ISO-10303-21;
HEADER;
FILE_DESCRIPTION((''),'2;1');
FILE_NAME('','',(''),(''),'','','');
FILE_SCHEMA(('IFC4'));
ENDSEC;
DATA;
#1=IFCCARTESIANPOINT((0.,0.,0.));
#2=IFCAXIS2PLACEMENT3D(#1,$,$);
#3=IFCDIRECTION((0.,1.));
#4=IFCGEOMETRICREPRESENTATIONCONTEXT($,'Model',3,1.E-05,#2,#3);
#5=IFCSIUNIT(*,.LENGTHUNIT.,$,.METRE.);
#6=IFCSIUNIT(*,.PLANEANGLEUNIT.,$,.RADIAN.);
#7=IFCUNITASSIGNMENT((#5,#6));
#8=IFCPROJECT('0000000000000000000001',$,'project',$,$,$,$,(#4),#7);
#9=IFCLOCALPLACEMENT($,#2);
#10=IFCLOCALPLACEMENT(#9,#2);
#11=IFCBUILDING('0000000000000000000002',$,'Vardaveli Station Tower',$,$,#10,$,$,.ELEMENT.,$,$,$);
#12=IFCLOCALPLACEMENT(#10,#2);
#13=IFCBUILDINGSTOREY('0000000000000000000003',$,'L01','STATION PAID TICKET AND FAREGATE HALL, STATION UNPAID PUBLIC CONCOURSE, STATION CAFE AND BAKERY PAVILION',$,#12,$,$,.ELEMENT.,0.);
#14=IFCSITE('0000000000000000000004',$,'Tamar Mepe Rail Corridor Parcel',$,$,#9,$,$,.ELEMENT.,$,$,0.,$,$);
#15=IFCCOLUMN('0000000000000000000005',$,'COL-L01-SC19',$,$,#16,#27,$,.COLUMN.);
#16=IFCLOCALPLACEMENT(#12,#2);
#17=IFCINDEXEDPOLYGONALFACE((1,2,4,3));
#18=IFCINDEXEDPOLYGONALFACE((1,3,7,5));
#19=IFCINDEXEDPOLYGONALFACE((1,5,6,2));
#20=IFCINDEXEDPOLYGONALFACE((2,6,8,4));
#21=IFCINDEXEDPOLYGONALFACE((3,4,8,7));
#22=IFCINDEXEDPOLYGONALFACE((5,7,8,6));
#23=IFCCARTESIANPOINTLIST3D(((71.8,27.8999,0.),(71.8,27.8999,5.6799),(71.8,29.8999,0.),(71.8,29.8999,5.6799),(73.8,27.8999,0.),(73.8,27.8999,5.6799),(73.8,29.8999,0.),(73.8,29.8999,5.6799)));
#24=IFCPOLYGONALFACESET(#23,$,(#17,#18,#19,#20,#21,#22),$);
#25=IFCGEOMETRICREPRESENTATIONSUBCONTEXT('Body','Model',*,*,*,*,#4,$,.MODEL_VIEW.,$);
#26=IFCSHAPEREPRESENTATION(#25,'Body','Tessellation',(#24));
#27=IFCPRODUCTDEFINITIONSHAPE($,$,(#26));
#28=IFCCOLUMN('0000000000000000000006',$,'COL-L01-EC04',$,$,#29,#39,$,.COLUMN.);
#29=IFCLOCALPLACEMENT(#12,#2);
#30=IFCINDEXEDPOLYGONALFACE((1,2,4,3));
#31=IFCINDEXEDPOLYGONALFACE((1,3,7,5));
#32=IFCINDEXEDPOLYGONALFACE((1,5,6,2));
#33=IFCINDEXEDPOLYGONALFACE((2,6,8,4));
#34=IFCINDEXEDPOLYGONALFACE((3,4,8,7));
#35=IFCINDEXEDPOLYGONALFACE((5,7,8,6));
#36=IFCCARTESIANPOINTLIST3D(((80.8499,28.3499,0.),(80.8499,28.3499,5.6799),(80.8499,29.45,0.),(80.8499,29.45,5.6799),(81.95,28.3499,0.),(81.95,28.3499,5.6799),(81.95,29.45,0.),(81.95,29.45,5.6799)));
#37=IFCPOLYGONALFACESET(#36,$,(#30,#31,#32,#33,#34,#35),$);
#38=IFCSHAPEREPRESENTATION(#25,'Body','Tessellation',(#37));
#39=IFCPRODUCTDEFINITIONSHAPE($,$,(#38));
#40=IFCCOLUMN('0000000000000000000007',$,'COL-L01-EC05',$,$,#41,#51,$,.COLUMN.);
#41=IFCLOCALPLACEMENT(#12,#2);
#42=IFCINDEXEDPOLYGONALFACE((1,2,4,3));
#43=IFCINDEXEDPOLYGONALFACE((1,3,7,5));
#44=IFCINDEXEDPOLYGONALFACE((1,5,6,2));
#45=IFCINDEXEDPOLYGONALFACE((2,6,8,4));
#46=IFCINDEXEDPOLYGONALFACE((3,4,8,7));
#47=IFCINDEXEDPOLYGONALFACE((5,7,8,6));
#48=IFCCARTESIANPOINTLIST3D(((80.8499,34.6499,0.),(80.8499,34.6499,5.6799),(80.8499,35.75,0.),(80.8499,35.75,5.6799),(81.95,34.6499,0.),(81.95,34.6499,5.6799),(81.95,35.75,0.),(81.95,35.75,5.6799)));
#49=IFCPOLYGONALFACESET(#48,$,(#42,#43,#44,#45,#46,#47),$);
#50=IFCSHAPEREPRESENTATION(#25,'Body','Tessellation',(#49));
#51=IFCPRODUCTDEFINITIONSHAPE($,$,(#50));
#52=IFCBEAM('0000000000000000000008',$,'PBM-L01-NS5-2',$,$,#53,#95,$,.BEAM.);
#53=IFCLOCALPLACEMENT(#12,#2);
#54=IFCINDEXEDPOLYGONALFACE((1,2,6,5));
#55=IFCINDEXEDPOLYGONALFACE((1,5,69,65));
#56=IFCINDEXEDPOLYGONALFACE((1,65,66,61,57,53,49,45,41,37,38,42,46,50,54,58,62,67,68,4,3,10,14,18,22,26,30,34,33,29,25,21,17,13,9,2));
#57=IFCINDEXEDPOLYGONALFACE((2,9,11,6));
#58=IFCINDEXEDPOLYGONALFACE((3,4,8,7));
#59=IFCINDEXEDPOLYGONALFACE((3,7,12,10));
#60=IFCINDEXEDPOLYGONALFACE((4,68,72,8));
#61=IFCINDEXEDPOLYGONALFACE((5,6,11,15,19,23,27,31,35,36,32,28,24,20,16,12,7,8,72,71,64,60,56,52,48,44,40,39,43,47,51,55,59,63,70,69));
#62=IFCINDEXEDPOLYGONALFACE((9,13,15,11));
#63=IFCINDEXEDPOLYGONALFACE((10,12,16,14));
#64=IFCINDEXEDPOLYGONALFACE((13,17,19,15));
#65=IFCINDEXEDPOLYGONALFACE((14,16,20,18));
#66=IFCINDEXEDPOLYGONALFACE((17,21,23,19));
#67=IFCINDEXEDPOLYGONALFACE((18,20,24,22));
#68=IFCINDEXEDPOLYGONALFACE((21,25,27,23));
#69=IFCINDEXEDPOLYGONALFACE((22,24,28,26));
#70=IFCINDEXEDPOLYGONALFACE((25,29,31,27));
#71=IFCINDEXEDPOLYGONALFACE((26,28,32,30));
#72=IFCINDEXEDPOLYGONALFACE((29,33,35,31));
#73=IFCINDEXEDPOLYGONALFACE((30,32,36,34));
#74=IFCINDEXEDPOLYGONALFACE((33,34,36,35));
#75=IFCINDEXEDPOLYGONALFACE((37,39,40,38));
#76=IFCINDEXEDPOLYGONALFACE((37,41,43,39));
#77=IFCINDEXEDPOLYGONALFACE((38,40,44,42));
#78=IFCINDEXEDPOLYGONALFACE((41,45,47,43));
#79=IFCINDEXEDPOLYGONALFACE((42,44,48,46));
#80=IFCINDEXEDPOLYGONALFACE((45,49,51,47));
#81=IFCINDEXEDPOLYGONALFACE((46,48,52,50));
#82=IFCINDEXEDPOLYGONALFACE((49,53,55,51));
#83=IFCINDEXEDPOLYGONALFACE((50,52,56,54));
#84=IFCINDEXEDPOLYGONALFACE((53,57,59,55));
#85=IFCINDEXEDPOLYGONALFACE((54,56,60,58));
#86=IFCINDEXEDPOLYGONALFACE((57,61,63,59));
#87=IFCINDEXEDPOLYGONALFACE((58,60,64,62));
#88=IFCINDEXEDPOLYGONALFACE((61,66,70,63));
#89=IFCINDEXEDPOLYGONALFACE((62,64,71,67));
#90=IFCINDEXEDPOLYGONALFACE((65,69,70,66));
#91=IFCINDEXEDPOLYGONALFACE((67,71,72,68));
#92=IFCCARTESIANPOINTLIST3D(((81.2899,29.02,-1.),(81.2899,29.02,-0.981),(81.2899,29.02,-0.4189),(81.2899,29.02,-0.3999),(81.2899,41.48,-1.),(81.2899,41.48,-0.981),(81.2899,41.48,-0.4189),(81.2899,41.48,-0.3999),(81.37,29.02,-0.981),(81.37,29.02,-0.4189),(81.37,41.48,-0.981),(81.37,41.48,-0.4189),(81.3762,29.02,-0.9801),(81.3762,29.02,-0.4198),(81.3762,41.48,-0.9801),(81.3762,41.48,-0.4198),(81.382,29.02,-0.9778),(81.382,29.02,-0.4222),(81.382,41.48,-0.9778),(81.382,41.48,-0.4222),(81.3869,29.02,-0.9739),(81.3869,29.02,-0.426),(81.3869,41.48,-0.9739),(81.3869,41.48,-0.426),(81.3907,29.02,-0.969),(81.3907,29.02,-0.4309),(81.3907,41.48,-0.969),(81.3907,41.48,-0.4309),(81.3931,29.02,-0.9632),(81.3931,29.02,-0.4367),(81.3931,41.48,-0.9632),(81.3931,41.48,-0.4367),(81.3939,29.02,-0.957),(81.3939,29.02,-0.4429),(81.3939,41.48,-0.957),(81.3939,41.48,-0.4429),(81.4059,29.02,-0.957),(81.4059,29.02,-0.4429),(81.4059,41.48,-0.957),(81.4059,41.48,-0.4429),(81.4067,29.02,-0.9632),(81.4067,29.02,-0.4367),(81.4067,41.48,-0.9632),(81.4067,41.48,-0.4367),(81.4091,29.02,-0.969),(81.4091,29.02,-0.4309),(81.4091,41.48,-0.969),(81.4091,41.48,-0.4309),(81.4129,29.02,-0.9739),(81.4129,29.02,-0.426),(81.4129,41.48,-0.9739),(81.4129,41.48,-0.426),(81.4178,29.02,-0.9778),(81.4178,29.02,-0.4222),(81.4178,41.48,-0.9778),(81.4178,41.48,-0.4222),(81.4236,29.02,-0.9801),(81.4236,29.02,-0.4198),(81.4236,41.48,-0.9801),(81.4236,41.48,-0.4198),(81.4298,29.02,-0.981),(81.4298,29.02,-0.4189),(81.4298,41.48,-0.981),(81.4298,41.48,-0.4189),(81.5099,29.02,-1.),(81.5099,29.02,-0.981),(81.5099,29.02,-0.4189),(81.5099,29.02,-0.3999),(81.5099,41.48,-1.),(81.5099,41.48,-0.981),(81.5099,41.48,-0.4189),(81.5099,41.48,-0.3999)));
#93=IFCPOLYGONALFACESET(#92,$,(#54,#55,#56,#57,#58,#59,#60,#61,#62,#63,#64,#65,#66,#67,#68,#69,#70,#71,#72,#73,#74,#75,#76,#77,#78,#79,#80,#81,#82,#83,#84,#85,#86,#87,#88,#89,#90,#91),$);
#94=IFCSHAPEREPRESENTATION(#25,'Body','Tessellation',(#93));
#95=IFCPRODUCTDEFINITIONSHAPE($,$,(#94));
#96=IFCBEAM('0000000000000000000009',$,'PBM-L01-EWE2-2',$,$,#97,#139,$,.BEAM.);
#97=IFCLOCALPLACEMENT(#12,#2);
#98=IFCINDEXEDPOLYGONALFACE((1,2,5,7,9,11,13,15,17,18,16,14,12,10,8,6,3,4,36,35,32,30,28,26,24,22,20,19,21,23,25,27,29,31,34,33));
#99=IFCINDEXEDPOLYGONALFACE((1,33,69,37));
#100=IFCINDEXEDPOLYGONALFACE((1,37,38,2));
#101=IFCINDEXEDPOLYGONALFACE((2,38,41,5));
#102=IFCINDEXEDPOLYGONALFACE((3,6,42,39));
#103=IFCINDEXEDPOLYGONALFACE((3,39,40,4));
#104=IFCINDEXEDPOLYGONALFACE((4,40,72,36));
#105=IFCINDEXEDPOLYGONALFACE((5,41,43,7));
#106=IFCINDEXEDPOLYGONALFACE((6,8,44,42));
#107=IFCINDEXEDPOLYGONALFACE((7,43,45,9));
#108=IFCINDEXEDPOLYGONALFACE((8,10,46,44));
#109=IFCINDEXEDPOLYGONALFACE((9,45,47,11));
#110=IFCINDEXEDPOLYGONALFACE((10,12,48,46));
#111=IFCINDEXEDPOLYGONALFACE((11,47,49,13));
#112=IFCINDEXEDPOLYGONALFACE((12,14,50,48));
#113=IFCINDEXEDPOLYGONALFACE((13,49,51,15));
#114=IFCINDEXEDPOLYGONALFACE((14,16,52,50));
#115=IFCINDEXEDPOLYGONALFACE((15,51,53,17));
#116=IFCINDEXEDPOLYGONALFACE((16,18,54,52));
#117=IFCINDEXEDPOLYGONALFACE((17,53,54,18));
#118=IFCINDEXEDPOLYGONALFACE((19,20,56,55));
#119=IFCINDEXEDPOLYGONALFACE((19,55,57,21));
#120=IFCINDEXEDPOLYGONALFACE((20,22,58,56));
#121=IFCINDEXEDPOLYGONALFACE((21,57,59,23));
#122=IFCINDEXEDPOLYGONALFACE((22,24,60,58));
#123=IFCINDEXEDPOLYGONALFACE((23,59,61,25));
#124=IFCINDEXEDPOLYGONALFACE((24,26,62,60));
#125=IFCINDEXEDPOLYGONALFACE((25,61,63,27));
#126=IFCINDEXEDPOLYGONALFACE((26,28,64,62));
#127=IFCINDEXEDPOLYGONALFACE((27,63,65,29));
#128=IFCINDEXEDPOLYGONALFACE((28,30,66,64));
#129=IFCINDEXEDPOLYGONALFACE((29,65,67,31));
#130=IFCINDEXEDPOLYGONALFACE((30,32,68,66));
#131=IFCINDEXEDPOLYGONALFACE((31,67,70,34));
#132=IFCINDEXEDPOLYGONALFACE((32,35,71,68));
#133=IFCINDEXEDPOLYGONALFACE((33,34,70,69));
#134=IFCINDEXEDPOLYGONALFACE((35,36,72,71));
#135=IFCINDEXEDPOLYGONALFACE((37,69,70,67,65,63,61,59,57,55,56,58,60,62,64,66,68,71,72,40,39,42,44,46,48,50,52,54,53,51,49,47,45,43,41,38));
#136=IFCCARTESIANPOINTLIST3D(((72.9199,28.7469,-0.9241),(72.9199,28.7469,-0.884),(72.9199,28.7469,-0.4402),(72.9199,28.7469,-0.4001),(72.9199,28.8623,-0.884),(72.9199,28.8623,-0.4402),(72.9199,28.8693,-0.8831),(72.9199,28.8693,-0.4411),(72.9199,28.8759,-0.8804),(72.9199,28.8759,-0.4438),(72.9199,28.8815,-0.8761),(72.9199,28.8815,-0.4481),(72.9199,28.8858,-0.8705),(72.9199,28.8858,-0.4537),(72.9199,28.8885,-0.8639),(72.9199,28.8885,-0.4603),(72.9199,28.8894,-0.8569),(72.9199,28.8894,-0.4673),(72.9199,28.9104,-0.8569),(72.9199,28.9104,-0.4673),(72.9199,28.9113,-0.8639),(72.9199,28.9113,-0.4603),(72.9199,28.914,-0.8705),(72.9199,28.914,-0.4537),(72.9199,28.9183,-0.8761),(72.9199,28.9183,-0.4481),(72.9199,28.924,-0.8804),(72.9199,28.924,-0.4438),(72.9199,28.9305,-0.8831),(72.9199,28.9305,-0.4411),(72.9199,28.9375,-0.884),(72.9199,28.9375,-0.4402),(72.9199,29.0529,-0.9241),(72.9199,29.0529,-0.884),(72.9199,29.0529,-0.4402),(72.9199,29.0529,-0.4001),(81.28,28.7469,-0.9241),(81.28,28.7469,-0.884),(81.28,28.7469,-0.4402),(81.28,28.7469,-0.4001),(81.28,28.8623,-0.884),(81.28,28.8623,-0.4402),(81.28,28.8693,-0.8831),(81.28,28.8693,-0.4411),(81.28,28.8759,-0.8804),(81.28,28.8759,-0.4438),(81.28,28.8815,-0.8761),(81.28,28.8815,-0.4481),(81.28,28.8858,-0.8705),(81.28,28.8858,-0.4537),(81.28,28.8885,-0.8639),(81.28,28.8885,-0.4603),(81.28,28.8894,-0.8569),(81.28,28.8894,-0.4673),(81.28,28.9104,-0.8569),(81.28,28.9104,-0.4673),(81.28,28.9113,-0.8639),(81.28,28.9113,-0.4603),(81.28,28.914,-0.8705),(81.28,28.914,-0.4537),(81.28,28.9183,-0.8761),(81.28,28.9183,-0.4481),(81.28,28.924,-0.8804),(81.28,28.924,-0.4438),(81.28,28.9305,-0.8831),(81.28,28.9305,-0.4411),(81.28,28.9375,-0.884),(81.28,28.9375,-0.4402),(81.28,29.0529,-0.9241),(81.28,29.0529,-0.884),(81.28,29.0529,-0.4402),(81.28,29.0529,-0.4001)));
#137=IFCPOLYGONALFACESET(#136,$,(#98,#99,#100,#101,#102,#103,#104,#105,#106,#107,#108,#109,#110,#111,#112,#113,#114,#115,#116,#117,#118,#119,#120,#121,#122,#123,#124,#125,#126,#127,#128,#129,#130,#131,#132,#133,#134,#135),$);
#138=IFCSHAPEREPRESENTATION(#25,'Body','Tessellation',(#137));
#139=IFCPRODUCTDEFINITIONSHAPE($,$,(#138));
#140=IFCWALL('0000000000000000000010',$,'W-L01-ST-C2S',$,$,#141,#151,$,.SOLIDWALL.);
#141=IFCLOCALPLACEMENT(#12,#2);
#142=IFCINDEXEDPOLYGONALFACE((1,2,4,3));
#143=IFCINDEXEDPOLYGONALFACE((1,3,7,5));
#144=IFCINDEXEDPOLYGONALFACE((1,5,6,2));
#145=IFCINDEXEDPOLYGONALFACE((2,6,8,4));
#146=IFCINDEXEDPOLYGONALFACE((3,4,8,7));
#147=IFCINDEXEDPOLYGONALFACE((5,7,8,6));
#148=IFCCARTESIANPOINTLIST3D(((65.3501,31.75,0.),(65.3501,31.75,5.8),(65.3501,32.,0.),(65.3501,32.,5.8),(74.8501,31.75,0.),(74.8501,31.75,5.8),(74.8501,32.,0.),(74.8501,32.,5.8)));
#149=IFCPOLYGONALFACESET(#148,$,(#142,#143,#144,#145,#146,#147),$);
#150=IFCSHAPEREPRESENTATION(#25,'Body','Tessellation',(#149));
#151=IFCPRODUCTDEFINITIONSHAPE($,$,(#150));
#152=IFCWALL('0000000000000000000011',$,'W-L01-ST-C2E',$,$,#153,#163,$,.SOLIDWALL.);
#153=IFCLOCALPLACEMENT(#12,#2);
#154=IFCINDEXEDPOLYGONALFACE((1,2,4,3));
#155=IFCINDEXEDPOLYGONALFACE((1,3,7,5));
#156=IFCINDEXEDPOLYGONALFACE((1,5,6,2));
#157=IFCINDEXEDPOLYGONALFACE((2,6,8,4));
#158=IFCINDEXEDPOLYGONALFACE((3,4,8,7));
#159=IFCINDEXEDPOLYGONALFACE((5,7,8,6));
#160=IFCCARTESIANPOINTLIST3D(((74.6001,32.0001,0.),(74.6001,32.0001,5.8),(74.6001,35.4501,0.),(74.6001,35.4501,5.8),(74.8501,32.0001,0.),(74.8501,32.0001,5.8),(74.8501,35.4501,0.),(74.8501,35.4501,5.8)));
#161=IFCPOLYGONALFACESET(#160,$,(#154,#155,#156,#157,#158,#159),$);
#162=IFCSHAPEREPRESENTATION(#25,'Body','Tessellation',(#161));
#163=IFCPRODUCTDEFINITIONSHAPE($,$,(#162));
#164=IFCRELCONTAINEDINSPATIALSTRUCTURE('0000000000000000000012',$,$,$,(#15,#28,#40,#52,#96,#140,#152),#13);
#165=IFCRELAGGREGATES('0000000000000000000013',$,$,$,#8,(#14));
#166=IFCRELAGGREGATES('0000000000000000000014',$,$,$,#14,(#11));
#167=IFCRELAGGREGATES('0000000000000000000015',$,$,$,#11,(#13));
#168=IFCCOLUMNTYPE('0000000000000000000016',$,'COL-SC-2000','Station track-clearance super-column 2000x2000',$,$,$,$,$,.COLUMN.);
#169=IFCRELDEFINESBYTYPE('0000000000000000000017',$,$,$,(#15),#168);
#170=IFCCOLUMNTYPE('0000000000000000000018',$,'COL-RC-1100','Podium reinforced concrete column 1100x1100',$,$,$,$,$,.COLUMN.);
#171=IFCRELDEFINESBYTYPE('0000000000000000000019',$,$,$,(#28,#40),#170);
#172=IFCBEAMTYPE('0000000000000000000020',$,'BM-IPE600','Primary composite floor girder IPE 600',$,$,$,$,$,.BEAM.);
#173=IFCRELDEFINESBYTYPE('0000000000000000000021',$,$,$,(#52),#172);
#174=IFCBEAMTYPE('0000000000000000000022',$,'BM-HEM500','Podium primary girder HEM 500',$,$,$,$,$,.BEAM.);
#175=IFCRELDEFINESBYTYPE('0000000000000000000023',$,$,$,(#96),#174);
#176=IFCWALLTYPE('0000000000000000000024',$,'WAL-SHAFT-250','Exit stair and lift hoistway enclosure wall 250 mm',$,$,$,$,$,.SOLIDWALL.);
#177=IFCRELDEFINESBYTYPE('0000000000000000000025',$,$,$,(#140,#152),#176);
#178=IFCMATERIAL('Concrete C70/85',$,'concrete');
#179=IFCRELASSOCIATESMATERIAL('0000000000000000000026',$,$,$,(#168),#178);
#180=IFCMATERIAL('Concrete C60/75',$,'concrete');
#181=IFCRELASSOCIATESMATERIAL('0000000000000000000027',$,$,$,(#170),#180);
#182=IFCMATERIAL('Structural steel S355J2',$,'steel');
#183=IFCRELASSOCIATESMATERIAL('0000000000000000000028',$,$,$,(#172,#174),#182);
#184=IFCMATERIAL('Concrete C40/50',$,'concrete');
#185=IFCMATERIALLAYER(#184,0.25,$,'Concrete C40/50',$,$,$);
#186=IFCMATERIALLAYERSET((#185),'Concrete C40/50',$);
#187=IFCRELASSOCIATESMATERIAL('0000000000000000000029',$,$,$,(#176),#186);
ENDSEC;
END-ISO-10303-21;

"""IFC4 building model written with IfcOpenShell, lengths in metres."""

from ifc_helpers import new_model, si_unit, direction, frame, frame_2d, origin, origin_2d, place, context, subcontext, project, spatial, rectangle, i_section, extrude, source, transform, mapped, material, layer, layer_set, material_profile, profile_set, type_object, element, save


model = new_model("IFC4")

# Units and contexts
model_context = context("Model", 3, precision=1e-05, world=origin(), true_north=direction((0.0, 1.0)))
body_context = subcontext(model_context, "Body", "Model", "MODEL_VIEW")
ifc_project = project(units=[si_unit("LENGTHUNIT", "METRE"), si_unit("PLANEANGLEUNIT", "RADIAN")], contexts=[model_context])

# Site, building, storey
site_placement = place(None, origin())
site = spatial("IfcSite", under=ifc_project, at=site_placement, Name="Tamar Mepe Rail Corridor Parcel", CompositionType="ELEMENT", RefElevation=0.0)
building_placement = place(site_placement, origin())
building = spatial("IfcBuilding", under=site, at=building_placement, Name="Vardaveli Station Tower", CompositionType="ELEMENT")
storey_placement = place(building_placement, origin())
storey = spatial("IfcBuildingStorey", under=building, at=storey_placement, Name="L01", Description="STATION PAID TICKET AND FAREGATE HALL, STATION UNPAID PUBLIC CONCOURSE, STATION CAFE AND BAKERY PAVILION", CompositionType="ELEMENT", Elevation=0.0)

# Columns
ifc_material_1 = material(Name="Concrete C70/85", Category="concrete")
ifc_material_profile_1 = material_profile(ifc_material_1, rectangle(XDim=2.0, YDim=2.0, at=origin_2d()), Name="SC 2000x2000")
ifc_profile_set_1 = profile_set([ifc_material_profile_1], Name="Concrete C70/85")
column_type_1 = type_object("IfcColumnType", Name="COL-SC-2000", Description="Station track-clearance super-column 2000x2000", PredefinedType="COLUMN", material=ifc_profile_set_1)
shared_shape_1 = source(origin(), body_context, "Body", "SweptSolid", [
    extrude(rectangle(XDim=2.0, YDim=2.0, at=origin_2d()), origin(), (0.0, 0.0, 1.0), 5.6799),
])
column_placement = place(storey_placement, frame((72.8, 28.8999, 0.0), z_axis=(0.0, 0.0, 1.0), x_axis=(1.0, 0.0, 0.0)))
element("IfcColumn", 1, at=column_placement, inside=storey, type_object=column_type_1, Name="COL-L01-SC19", PredefinedType="COLUMN", context=body_context, shape_type="MappedRepresentation", body=[
    mapped(shared_shape_1, transform((0.0, 0.0, 0.0), scale=1.0)),
])
ifc_material_2 = material(Name="Concrete C60/75", Category="concrete")
ifc_material_profile_2 = material_profile(ifc_material_2, rectangle(XDim=1.1001, YDim=1.1001, at=origin_2d()), Name="RC 1100x1100")
ifc_profile_set_2 = profile_set([ifc_material_profile_2], Name="Concrete C60/75")
column_type_2 = type_object("IfcColumnType", Name="COL-RC-1100", Description="Podium reinforced concrete column 1100x1100", PredefinedType="COLUMN", material=ifc_profile_set_2)
shared_shape_2 = source(origin(), body_context, "Body", "SweptSolid", [
    extrude(rectangle(XDim=1.1001, YDim=1.1001, at=origin_2d()), origin(), (0.0, 0.0, 1.0), 5.6799),
])
for number, where, z_axis, x_axis, name in (
    (2, (81.3999, 28.8999, 0.0), (0.0, 0.0, 1.0), (1.0, 0.0, 0.0), "COL-L01-EC04"),
    (3, (81.3999, 35.2, 0.0), (0.0, 0.0, 1.0), (1.0, 0.0, 0.0), "COL-L01-EC05"),
):
    element("IfcColumn", number, at=place(storey_placement, frame(where, z_axis=z_axis, x_axis=x_axis)), inside=storey, type_object=column_type_2, Name=name, PredefinedType="COLUMN", context=body_context, shape_type="MappedRepresentation", body=[
        mapped(shared_shape_2, transform((0.0, 0.0, 0.0), scale=1.0)),
    ])

# Beams
ifc_material_3 = material(Name="Structural steel S355J2", Category="steel")
ifc_material_profile_3 = material_profile(ifc_material_3, i_section(OverallWidth=0.22, OverallDepth=0.6001, WebThickness=0.012, FlangeThickness=0.019, FilletRadius=0.0239, at=origin_2d()), Name="IPE 600")
ifc_profile_set_3 = profile_set([ifc_material_profile_3], Name="Structural steel S355J2")
beam_type_1 = type_object("IfcBeamType", Name="BM-IPE600", Description="Primary composite floor girder IPE 600", PredefinedType="BEAM", material=ifc_profile_set_3)
shared_shape_3 = source(origin(), body_context, "Body", "SweptSolid", [
    extrude(i_section(OverallWidth=0.22, OverallDepth=0.6001, WebThickness=0.012, FlangeThickness=0.019, FilletRadius=0.0239, at=origin_2d()), origin(), (0.0, 0.0, 1.0), 12.46),
])
beam_1_placement = place(storey_placement, frame((81.3999, 29.02, -0.7), z_axis=(0.0, 1.0, 0.0), x_axis=(-1.0, 0.0, 0.0)))
element("IfcBeam", 4, at=beam_1_placement, inside=storey, type_object=beam_type_1, Name="PBM-L01-NS5-2", PredefinedType="BEAM", context=body_context, shape_type="MappedRepresentation", body=[
    mapped(shared_shape_3, transform((0.0, 0.0, 0.0), scale=1.0)),
])
ifc_material_profile_4 = material_profile(ifc_material_3, i_section(OverallWidth=0.3059, OverallDepth=0.5239, WebThickness=0.021, FlangeThickness=0.04, FilletRadius=0.0271, at=origin_2d()), Name="HEM 500")
ifc_profile_set_4 = profile_set([ifc_material_profile_4], Name="Structural steel S355J2")
beam_type_2 = type_object("IfcBeamType", Name="BM-HEM500", Description="Podium primary girder HEM 500", PredefinedType="BEAM", material=ifc_profile_set_4)
shared_shape_4 = source(origin(), body_context, "Body", "SweptSolid", [
    extrude(i_section(OverallWidth=0.3059, OverallDepth=0.5239, WebThickness=0.021, FlangeThickness=0.04, FilletRadius=0.0271, at=origin_2d()), origin(), (0.0, 0.0, 1.0), 8.3601),
])
beam_2_placement = place(storey_placement, frame((72.9199, 28.8999, -0.6621), z_axis=(1.0, 0.0, 0.0), x_axis=(0.0, 1.0, 0.0)))
element("IfcBeam", 5, at=beam_2_placement, inside=storey, type_object=beam_type_2, Name="PBM-L01-EWE2-2", PredefinedType="BEAM", context=body_context, shape_type="MappedRepresentation", body=[
    mapped(shared_shape_4, transform((0.0, 0.0, 0.0), scale=1.0)),
])

# Walls
ifc_material_4 = material(Name="Concrete C40/50", Category="concrete")
ifc_layer_1 = layer(ifc_material_4, 0.25, Name="Concrete C40/50")
ifc_layer_set_1 = layer_set([ifc_layer_1], Name="Concrete C40/50")
wall_type = type_object("IfcWallType", Name="WAL-SHAFT-250", Description="Exit stair and lift hoistway enclosure wall 250 mm", PredefinedType="SOLIDWALL", material=ifc_layer_set_1)
shared_shape_5 = source(origin(), body_context, "Body", "SweptSolid", [
    extrude(rectangle(XDim=9.5, YDim=0.25, at=frame_2d((4.75, 0.0))), origin(), (0.0, 0.0, 1.0), 5.8),
])
wall_1_placement = place(storey_placement, frame((65.3501, 31.875, 0.0), z_axis=(0.0, 0.0, 1.0), x_axis=(1.0, 0.0, 0.0)))
element("IfcWall", 6, at=wall_1_placement, inside=storey, type_object=wall_type, Name="W-L01-ST-C2S", PredefinedType="SOLIDWALL", context=body_context, shape_type="MappedRepresentation", body=[
    mapped(shared_shape_5, transform((0.0, 0.0, 0.0), scale=1.0)),
])
shared_shape_6 = source(origin(), body_context, "Body", "SweptSolid", [
    extrude(rectangle(XDim=3.45, YDim=0.25, at=frame_2d((1.7251, 0.0))), origin(), (0.0, 0.0, 1.0), 5.8),
])
wall_2_placement = place(storey_placement, frame((74.7251, 32.0, 0.0), z_axis=(0.0, 0.0, 1.0), x_axis=(0.0, 1.0, 0.0)))
element("IfcWall", 7, at=wall_2_placement, inside=storey, type_object=wall_type, Name="W-L01-ST-C2E", PredefinedType="SOLIDWALL", context=body_context, shape_type="MappedRepresentation", body=[
    mapped(shared_shape_6, transform((0.0, 0.0, 0.0), scale=1.0)),
])

save(model, "model.ifc")
